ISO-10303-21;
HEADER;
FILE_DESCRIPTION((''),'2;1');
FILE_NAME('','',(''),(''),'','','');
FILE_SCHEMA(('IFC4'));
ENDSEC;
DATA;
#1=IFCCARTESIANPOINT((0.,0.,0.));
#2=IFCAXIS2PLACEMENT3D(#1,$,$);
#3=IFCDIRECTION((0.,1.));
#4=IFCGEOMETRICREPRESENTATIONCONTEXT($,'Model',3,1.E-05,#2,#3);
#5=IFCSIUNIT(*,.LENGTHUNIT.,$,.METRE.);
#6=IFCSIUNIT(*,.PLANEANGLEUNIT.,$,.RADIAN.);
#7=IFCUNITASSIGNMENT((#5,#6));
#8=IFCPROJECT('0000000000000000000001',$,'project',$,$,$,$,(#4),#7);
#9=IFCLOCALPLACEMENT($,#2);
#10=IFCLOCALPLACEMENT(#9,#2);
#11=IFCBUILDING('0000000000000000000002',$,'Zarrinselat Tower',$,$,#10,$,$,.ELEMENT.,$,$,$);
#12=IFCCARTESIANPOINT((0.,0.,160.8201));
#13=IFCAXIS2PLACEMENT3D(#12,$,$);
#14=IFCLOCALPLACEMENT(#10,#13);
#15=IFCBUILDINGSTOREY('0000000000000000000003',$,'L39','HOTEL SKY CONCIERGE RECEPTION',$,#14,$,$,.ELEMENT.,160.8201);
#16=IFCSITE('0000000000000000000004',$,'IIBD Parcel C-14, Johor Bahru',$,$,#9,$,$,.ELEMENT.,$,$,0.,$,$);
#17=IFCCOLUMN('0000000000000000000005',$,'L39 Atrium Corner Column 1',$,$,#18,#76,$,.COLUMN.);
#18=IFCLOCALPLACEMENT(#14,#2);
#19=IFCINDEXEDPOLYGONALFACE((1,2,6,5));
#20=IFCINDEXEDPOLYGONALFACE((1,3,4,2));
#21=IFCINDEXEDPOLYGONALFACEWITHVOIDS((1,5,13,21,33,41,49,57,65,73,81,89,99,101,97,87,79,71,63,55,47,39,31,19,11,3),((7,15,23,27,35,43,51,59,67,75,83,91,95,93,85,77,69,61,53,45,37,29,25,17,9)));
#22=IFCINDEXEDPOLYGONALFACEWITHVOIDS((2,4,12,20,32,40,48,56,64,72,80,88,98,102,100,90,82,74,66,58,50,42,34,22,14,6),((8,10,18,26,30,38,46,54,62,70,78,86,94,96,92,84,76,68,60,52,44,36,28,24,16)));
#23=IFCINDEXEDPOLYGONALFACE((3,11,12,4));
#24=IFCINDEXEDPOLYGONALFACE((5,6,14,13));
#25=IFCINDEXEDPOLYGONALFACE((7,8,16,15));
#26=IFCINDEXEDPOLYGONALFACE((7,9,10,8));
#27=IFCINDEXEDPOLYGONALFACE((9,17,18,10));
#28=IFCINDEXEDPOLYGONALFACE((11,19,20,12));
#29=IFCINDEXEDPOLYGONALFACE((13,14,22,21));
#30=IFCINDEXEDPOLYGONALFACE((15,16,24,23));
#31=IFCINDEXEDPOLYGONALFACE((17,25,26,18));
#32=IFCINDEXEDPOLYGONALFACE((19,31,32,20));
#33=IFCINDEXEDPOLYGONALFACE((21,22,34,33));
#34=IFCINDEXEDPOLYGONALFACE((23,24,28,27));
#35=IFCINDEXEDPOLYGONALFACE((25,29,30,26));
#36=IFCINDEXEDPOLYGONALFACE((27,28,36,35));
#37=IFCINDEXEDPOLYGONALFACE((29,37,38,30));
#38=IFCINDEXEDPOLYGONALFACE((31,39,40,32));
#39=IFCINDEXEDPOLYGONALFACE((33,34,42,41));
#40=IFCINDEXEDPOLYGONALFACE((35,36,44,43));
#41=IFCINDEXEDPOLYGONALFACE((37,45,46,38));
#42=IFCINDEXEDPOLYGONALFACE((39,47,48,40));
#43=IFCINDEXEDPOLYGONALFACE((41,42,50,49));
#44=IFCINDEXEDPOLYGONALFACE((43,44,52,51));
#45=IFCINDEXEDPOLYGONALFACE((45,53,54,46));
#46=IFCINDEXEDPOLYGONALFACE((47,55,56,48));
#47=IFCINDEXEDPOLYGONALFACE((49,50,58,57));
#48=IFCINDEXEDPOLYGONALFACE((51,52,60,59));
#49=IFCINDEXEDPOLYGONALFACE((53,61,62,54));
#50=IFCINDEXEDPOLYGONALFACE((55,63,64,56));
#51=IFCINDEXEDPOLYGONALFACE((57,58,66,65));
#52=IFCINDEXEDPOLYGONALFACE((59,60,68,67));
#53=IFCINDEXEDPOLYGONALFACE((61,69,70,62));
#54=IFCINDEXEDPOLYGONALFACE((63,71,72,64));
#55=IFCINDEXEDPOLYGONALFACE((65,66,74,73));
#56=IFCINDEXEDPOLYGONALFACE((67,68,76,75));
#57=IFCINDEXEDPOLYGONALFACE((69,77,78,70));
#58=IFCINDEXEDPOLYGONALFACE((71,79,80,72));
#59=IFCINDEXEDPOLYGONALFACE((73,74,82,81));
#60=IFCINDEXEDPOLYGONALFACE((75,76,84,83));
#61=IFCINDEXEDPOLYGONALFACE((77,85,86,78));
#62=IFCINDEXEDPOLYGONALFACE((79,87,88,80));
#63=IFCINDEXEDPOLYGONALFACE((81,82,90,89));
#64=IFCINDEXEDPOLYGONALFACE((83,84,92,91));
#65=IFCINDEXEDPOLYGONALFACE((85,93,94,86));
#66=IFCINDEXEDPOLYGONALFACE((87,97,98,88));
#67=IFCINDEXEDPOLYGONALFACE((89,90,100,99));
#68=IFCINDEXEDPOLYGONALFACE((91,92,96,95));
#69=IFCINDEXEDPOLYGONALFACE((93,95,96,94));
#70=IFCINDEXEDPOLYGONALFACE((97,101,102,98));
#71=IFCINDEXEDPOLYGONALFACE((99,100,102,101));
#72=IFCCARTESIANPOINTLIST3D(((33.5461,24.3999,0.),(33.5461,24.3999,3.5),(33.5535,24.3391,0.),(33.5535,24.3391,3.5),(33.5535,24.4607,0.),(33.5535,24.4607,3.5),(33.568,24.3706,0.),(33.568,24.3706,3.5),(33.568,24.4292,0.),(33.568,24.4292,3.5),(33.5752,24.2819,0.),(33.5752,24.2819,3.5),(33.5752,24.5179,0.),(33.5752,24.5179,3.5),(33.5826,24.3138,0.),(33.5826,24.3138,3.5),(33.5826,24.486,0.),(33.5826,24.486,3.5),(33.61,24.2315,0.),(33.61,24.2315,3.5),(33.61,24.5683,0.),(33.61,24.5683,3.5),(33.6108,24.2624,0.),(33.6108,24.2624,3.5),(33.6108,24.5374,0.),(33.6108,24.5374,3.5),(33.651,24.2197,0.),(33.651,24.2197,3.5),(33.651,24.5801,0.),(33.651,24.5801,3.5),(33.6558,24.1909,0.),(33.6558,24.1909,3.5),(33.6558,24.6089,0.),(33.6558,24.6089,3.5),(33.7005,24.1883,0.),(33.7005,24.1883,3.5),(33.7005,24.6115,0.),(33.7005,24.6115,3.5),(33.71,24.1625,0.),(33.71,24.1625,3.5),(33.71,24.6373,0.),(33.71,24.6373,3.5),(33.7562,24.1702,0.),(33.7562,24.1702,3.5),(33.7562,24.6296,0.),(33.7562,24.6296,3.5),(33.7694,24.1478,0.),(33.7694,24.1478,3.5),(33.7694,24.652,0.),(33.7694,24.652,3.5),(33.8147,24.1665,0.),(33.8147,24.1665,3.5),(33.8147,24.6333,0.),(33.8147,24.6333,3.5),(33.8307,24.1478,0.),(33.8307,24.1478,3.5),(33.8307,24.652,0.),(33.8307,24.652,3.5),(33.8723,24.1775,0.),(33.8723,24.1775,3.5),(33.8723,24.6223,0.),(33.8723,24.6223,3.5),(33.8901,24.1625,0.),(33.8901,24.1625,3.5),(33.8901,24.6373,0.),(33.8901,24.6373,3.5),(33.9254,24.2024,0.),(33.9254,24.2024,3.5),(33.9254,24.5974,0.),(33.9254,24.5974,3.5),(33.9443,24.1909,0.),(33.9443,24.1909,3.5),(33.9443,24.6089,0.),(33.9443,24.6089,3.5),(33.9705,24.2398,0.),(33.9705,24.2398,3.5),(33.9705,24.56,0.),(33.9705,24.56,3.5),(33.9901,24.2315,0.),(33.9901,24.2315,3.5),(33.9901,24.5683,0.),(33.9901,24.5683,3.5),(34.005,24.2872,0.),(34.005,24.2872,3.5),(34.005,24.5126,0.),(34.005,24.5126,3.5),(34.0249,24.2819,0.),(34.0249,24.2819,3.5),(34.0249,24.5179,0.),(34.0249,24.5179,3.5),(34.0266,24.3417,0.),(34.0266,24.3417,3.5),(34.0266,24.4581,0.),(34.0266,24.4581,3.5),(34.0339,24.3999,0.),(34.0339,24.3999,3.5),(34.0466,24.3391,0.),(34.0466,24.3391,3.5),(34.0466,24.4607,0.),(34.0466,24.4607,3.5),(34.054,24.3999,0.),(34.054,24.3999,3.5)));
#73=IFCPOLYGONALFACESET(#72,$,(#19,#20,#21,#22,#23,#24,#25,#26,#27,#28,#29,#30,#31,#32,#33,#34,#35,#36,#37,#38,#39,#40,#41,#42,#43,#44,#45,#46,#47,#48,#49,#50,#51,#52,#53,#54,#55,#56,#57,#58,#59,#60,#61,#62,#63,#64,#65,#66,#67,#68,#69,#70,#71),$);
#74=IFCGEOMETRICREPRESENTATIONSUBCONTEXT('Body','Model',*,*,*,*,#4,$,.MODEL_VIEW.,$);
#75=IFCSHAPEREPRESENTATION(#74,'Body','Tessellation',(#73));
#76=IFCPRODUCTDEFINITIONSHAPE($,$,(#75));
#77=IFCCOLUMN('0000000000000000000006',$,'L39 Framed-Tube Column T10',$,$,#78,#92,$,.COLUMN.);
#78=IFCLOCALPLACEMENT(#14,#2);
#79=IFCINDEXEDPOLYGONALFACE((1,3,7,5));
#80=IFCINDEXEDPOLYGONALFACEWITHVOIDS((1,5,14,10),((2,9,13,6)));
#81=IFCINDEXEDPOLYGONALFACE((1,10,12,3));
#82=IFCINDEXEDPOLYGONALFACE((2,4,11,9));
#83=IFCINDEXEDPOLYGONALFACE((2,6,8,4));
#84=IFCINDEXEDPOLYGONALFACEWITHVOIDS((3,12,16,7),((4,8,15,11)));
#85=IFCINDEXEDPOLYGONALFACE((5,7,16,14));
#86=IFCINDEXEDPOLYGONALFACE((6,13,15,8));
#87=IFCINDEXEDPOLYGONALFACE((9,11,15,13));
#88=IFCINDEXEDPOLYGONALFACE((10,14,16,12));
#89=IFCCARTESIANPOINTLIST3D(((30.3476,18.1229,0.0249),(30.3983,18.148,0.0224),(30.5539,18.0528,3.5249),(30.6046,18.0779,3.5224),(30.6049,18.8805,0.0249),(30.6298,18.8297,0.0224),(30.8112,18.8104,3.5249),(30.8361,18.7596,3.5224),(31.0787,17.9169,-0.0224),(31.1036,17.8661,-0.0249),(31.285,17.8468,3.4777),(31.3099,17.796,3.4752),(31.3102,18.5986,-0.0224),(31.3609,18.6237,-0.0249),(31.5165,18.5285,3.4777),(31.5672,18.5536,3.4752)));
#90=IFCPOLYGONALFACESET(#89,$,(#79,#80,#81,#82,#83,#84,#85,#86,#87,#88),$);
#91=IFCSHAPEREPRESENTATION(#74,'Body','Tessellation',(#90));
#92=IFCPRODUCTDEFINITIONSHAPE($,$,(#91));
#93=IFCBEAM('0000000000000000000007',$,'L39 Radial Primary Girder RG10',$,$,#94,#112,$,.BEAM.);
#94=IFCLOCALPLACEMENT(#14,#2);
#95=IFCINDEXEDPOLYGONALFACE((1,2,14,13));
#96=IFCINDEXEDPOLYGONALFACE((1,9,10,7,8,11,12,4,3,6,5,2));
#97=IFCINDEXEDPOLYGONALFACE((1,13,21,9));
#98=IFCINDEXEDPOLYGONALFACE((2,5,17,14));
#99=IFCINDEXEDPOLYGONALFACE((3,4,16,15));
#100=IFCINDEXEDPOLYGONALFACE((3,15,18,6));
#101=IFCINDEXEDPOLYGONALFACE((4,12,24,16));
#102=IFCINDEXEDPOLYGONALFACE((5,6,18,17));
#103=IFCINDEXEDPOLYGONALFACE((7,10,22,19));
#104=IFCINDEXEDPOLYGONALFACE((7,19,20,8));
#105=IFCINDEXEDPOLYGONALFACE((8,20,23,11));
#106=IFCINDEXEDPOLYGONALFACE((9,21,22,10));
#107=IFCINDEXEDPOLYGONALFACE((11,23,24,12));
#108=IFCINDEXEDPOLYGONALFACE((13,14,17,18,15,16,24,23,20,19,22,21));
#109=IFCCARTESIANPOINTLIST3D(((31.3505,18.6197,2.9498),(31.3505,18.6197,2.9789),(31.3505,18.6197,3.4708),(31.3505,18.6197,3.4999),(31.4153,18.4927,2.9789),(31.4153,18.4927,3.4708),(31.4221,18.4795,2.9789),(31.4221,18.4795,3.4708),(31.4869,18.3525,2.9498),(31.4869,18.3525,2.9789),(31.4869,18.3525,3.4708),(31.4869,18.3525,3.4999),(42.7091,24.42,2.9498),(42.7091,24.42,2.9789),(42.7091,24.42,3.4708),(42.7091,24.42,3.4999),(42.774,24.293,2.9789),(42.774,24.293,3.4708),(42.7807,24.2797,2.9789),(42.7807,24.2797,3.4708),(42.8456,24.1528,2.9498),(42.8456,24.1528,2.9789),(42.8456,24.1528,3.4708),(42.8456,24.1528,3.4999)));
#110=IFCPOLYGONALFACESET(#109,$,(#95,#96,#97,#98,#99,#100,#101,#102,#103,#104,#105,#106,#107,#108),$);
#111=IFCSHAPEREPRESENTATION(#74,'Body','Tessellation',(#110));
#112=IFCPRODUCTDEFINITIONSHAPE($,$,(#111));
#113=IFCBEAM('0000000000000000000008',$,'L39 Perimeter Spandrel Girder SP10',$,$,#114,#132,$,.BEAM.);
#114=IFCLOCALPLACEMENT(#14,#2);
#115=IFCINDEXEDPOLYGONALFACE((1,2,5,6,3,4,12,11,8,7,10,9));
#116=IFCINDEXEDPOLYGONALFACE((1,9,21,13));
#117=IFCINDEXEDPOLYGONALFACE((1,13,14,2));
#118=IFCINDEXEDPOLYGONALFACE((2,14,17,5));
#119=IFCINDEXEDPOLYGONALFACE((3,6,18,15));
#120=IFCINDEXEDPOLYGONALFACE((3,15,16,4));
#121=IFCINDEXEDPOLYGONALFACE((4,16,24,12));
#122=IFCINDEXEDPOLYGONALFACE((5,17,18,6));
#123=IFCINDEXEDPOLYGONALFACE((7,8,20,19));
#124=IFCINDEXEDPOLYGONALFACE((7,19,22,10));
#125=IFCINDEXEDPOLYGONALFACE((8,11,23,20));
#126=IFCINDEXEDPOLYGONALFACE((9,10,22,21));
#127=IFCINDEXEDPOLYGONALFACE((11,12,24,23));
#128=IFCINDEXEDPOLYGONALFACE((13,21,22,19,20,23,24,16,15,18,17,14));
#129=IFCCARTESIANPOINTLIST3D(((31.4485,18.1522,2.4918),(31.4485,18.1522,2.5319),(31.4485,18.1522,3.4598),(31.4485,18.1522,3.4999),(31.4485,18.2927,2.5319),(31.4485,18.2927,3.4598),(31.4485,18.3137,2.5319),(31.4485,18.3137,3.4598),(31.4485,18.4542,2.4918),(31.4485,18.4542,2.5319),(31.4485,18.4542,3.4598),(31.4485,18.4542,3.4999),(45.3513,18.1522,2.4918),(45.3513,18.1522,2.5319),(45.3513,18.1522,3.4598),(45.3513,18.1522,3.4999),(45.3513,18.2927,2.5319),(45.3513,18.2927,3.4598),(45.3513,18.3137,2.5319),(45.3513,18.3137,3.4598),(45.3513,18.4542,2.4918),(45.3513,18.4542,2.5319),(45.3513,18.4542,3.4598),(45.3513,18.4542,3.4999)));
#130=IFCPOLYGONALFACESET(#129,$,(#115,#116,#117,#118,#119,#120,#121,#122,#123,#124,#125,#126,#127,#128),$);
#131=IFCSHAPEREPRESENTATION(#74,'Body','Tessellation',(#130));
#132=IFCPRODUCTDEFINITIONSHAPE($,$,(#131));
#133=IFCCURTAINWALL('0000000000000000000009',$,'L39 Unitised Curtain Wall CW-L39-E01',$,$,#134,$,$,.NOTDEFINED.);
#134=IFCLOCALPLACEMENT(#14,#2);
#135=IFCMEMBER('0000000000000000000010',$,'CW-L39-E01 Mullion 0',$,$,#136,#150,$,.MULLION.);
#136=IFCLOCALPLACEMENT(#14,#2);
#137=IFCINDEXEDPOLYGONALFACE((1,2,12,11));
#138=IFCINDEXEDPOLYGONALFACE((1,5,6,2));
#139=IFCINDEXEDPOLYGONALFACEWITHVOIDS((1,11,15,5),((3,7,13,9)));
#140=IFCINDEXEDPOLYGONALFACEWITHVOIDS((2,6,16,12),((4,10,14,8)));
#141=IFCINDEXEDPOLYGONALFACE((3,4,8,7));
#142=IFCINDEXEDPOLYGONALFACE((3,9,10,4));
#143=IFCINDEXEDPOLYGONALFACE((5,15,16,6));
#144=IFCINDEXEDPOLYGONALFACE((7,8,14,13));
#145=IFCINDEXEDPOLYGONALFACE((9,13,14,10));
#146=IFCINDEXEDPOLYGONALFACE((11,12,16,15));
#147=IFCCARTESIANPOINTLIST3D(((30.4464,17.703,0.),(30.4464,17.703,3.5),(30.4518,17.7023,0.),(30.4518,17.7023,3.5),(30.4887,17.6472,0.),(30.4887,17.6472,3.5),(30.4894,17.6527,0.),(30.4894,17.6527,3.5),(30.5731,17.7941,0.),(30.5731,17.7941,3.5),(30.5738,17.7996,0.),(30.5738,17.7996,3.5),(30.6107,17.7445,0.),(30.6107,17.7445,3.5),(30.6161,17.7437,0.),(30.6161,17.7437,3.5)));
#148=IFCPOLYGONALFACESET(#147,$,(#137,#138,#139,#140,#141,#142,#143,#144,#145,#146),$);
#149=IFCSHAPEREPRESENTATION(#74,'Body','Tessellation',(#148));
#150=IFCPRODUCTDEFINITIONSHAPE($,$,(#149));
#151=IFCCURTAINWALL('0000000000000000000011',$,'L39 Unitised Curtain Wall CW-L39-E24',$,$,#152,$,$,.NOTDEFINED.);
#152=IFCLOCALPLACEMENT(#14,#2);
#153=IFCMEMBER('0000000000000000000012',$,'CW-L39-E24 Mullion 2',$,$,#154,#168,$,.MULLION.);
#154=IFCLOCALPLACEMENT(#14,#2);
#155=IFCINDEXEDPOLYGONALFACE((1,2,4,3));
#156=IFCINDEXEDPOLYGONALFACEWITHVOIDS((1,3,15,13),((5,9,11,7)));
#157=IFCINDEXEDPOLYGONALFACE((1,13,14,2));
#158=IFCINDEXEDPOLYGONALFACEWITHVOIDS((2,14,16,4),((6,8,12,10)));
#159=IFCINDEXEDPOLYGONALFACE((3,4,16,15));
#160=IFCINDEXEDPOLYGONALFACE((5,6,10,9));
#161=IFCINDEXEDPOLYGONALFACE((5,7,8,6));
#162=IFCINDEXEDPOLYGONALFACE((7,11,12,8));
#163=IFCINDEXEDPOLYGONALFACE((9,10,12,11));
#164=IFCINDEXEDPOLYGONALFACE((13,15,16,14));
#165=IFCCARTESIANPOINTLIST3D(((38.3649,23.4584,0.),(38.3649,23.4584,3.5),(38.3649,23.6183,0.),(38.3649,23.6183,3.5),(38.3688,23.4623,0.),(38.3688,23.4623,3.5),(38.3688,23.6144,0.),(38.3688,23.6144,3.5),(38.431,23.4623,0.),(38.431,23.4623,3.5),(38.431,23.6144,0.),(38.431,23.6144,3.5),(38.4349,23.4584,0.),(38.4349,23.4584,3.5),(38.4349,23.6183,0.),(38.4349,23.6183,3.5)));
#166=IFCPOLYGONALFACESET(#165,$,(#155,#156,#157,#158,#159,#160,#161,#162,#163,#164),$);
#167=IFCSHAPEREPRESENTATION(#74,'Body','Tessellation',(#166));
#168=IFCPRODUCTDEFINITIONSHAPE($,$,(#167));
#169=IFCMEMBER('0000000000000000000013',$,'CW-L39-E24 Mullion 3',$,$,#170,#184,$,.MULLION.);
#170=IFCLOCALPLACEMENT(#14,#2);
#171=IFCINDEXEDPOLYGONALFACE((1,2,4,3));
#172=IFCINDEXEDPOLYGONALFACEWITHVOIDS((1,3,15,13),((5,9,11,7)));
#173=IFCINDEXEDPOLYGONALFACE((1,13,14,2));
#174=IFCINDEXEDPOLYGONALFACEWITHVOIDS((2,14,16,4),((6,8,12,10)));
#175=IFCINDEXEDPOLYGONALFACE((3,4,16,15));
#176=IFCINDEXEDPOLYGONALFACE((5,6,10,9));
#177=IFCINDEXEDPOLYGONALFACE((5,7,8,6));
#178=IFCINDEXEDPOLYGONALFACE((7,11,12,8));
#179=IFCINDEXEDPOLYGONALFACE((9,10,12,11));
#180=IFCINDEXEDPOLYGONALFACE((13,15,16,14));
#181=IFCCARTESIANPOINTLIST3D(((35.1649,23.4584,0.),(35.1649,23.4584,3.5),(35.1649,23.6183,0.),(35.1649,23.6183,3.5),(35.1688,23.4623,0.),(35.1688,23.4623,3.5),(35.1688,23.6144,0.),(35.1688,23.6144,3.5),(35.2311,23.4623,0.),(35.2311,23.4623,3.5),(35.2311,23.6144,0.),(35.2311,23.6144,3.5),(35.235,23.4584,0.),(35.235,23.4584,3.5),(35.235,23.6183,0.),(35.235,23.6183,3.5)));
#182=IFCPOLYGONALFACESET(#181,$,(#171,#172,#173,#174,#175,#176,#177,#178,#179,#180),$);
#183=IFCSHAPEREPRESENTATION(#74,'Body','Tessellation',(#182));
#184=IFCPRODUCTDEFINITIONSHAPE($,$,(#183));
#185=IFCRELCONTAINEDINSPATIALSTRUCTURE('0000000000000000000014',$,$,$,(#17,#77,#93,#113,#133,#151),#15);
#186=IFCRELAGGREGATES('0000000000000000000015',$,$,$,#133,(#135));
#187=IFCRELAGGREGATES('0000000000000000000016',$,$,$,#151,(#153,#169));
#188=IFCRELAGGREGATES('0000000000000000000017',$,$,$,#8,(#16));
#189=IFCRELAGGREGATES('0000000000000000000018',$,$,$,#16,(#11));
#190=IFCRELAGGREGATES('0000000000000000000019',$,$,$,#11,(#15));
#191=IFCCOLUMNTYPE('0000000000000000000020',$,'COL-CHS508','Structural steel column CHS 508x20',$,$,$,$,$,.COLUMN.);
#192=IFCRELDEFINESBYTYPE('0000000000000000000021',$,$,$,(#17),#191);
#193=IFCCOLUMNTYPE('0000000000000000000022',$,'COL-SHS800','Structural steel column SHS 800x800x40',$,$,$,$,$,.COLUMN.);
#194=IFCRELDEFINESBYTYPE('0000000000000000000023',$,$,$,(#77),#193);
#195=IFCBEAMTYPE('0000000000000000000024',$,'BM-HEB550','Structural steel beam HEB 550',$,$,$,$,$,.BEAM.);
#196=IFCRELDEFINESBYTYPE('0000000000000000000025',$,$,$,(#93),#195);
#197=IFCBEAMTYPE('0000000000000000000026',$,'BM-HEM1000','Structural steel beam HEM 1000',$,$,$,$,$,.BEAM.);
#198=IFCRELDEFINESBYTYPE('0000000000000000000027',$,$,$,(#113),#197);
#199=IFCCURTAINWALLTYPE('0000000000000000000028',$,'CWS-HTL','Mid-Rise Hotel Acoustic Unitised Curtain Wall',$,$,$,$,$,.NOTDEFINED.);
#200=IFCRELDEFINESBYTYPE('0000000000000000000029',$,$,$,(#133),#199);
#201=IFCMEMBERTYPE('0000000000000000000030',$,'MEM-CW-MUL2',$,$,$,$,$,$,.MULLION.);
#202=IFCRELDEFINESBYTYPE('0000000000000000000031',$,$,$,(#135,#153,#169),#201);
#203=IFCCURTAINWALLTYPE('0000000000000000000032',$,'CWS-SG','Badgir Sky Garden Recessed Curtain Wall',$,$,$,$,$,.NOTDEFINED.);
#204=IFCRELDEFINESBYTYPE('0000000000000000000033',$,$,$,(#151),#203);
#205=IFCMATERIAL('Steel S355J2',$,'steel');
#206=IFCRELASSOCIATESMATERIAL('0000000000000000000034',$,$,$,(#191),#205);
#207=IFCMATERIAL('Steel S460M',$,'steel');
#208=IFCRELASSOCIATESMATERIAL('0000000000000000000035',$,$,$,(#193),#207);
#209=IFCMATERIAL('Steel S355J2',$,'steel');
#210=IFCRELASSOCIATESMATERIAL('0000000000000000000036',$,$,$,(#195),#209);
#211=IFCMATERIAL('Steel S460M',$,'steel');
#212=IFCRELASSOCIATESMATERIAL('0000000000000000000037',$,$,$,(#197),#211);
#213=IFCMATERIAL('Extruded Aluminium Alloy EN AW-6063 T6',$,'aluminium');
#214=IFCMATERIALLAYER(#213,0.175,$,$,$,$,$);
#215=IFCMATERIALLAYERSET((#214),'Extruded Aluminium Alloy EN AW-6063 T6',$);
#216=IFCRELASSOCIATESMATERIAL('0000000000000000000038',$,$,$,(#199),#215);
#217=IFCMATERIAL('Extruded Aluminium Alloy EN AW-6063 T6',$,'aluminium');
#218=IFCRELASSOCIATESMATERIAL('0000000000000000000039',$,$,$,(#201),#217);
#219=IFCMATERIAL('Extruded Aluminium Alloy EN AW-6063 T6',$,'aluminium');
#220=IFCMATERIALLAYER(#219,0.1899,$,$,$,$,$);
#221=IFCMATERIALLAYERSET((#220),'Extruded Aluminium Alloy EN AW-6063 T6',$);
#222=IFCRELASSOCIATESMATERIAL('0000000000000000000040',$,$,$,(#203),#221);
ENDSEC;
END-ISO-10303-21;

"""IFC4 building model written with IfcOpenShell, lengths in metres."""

from ifc_helpers import new_model, si_unit, direction, frame, origin, origin_2d, place, context, subcontext, project, spatial, hollow_rectangle, hollow_circle, i_section, extrude, material, layer, layer_set, material_profile, profile_set, type_object, element, aggregate, save


model = new_model("IFC4")

# Units and contexts
model_context = context("Model", 3, precision=1e-05, world=origin(), true_north=direction((0.0, 1.0)))
body_context = subcontext(model_context, "Body", "Model", "MODEL_VIEW")
ifc_project = project(units=[si_unit("LENGTHUNIT", "METRE"), si_unit("PLANEANGLEUNIT", "RADIAN")], contexts=[model_context])

# Site, building, storey
site_placement = place(None, origin())
site = spatial("IfcSite", under=ifc_project, at=site_placement, Name="IIBD Parcel C-14, Johor Bahru", CompositionType="ELEMENT", RefElevation=0.0)
building_placement = place(site_placement, origin())
building = spatial("IfcBuilding", under=site, at=building_placement, Name="Zarrinselat Tower", CompositionType="ELEMENT")
storey_placement = place(building_placement, frame((0.0, 0.0, 160.8201)))
storey = spatial("IfcBuildingStorey", under=building, at=storey_placement, Name="L39", Description="HOTEL SKY CONCIERGE RECEPTION", CompositionType="ELEMENT", Elevation=160.8201)

# Columns
ifc_material_1 = material(Name="Steel S355J2", Category="steel")
ifc_material_profile_1 = material_profile(ifc_material_1, hollow_circle(Radius=0.2539, WallThickness=0.02, at=origin_2d()), Name="CHS 508x20")
ifc_profile_set_1 = profile_set([ifc_material_profile_1], Name="Steel S355J2")
column_type_1 = type_object("IfcColumnType", Name="COL-CHS508", Description="Structural steel column CHS 508x20", PredefinedType="COLUMN", material=ifc_profile_set_1)
column_1_placement = place(storey_placement, frame((33.8, 24.3999, 0.0), z_axis=(0.0, 0.0, 1.0), x_axis=(1.0, 0.0, 0.0)))
element("IfcColumn", 1, at=column_1_placement, inside=storey, type_object=column_type_1, Name="L39 Atrium Corner Column 1", PredefinedType="COLUMN", context=body_context, shape_type="SweptSolid", body=[
    extrude(hollow_circle(Radius=0.2539, WallThickness=0.02, at=origin_2d()), origin(), (0.0, 0.0, 1.0), 3.5),
])
ifc_material_2 = material(Name="Steel S460M", Category="steel")
ifc_material_profile_2 = material_profile(ifc_material_2, hollow_rectangle(XDim=0.8, YDim=0.8, WallThickness=0.04, at=origin_2d()), Name="SHS 800x800x40")
ifc_profile_set_2 = profile_set([ifc_material_profile_2], Name="Steel S460M")
column_type_2 = type_object("IfcColumnType", Name="COL-SHS800", Description="Structural steel column SHS 800x800x40", PredefinedType="COLUMN", material=ifc_profile_set_2)
column_2_placement = place(storey_placement, frame((30.8542, 18.3733, 0.0), z_axis=(0.058829, -0.019981, 0.998068), x_axis=(0.321601, 0.946875, 0.0)))
element("IfcColumn", 2, at=column_2_placement, inside=storey, type_object=column_type_2, Name="L39 Framed-Tube Column T10", PredefinedType="COLUMN", context=body_context, shape_type="SweptSolid", body=[
    extrude(hollow_rectangle(XDim=0.8, YDim=0.8, WallThickness=0.04, at=origin_2d()), origin(), (0.0, 0.0, 1.0), 3.5068),
])

# Beams
ifc_material_3 = material(Name="Steel S355J2", Category="steel")
ifc_material_profile_3 = material_profile(ifc_material_3, i_section(OverallWidth=0.3, OverallDepth=0.55, WebThickness=0.0149, FlangeThickness=0.0291, at=origin_2d()), Name="HEB 550")
ifc_profile_set_3 = profile_set([ifc_material_profile_3], Name="Steel S355J2")
beam_type_1 = type_object("IfcBeamType", Name="BM-HEB550", Description="Structural steel beam HEB 550", PredefinedType="BEAM", material=ifc_profile_set_3)
beam_1_placement = place(storey_placement, frame((31.4187, 18.4861, 3.2249), z_axis=(0.890601, 0.454786, 0.0), x_axis=(-0.454786, 0.890601, 0.0)))
element("IfcBeam", 3, at=beam_1_placement, inside=storey, type_object=beam_type_1, Name="L39 Radial Primary Girder RG10", PredefinedType="BEAM", context=body_context, shape_type="SweptSolid", body=[
    extrude(i_section(OverallWidth=0.3, OverallDepth=0.55, WebThickness=0.0149, FlangeThickness=0.0291, at=origin_2d()), origin(), (0.0, 0.0, 1.0), 12.7539),
])
ifc_material_4 = material(Name="Steel S460M", Category="steel")
ifc_material_profile_4 = material_profile(ifc_material_4, i_section(OverallWidth=0.302, OverallDepth=1.0081, WebThickness=0.021, FlangeThickness=0.04, at=origin_2d()), Name="HEM 1000")
ifc_profile_set_4 = profile_set([ifc_material_profile_4], Name="Steel S460M")
beam_type_2 = type_object("IfcBeamType", Name="BM-HEM1000", Description="Structural steel beam HEM 1000", PredefinedType="BEAM", material=ifc_profile_set_4)
beam_2_placement = place(storey_placement, frame((31.4485, 18.3032, 2.9958), z_axis=(1.0, 0.0, 0.0), x_axis=(0.0, 1.0, 0.0)))
element("IfcBeam", 4, at=beam_2_placement, inside=storey, type_object=beam_type_2, Name="L39 Perimeter Spandrel Girder SP10", PredefinedType="BEAM", context=body_context, shape_type="SweptSolid", body=[
    extrude(i_section(OverallWidth=0.302, OverallDepth=1.0081, WebThickness=0.021, FlangeThickness=0.04, at=origin_2d()), origin(), (0.0, 0.0, 1.0), 13.9028),
])

# Curtain wall, member
ifc_material_5 = material(Name="Extruded Aluminium Alloy EN AW-6063 T6", Category="aluminium")
ifc_layer_1 = layer(ifc_material_5, 0.175)
ifc_layer_set_1 = layer_set([ifc_layer_1], Name="Extruded Aluminium Alloy EN AW-6063 T6")
curtain_wall_type_1 = type_object("IfcCurtainWallType", Name="CWS-HTL", Description="Mid-Rise Hotel Acoustic Unitised Curtain Wall", PredefinedType="NOTDEFINED", material=ifc_layer_set_1)
curtain_wall_1_placement = place(storey_placement, origin())
curtain_wall_1 = element("IfcCurtainWall", 5, at=curtain_wall_1_placement, inside=storey, type_object=curtain_wall_type_1, Name="L39 Unitised Curtain Wall CW-L39-E01", PredefinedType="NOTDEFINED")
ifc_material_6 = material(Name="Extruded Aluminium Alloy EN AW-6063 T6", Category="aluminium")
ifc_material_profile_5 = material_profile(ifc_material_6, hollow_rectangle(XDim=0.0701, YDim=0.1599, WallThickness=0.0039, at=origin_2d()), Name="RHS 160x70x4")
ifc_profile_set_5 = profile_set([ifc_material_profile_5], Name="Extruded Aluminium Alloy EN AW-6063 T6")
member_type_1 = type_object("IfcMemberType", Name="MEM-CW-MUL2", PredefinedType="MULLION", material=ifc_profile_set_5)
member_1_placement = place(storey_placement, frame((30.5312, 17.7234, 0.0), z_axis=(0.0, 0.0, 1.0), x_axis=(-0.603858, 0.797092, 0.0)))
member_1 = element("IfcMember", 6, at=member_1_placement, type_object=member_type_1, Name="CW-L39-E01 Mullion 0", PredefinedType="MULLION", context=body_context, shape_type="SweptSolid", body=[
    extrude(hollow_rectangle(XDim=0.0701, YDim=0.1599, WallThickness=0.0039, at=origin_2d()), origin(), (0.0, 0.0, 1.0), 3.5),
])

# Curtain wall, members
ifc_material_7 = material(Name="Extruded Aluminium Alloy EN AW-6063 T6", Category="aluminium")
ifc_layer_2 = layer(ifc_material_7, 0.1899)
ifc_layer_set_2 = layer_set([ifc_layer_2], Name="Extruded Aluminium Alloy EN AW-6063 T6")
curtain_wall_type_2 = type_object("IfcCurtainWallType", Name="CWS-SG", Description="Badgir Sky Garden Recessed Curtain Wall", PredefinedType="NOTDEFINED", material=ifc_layer_set_2)
curtain_wall_2_placement = place(storey_placement, origin())
curtain_wall_2 = element("IfcCurtainWall", 7, at=curtain_wall_2_placement, inside=storey, type_object=curtain_wall_type_2, Name="L39 Unitised Curtain Wall CW-L39-E24", PredefinedType="NOTDEFINED")
member_2_placement = place(storey_placement, frame((38.3999, 23.5383, 0.0), z_axis=(0.0, 0.0, 1.0), x_axis=(-1.0, 0.0, 0.0)))
member_2 = element("IfcMember", 8, at=member_2_placement, type_object=member_type_1, Name="CW-L39-E24 Mullion 2", PredefinedType="MULLION", context=body_context, shape_type="SweptSolid", body=[
    extrude(hollow_rectangle(XDim=0.0701, YDim=0.1599, WallThickness=0.0039, at=origin_2d()), origin(), (0.0, 0.0, 1.0), 3.5),
])
member_3_placement = place(storey_placement, frame((35.2, 23.5383, 0.0), z_axis=(0.0, 0.0, 1.0), x_axis=(-1.0, 0.0, 0.0)))
member_3 = element("IfcMember", 9, at=member_3_placement, type_object=member_type_1, Name="CW-L39-E24 Mullion 3", PredefinedType="MULLION", context=body_context, shape_type="SweptSolid", body=[
    extrude(hollow_rectangle(XDim=0.0701, YDim=0.1599, WallThickness=0.0039, at=origin_2d()), origin(), (0.0, 0.0, 1.0), 3.5),
])

aggregate(curtain_wall_1, [member_1])
aggregate(curtain_wall_2, [member_2, member_3])

save(model, "model.ifc")
